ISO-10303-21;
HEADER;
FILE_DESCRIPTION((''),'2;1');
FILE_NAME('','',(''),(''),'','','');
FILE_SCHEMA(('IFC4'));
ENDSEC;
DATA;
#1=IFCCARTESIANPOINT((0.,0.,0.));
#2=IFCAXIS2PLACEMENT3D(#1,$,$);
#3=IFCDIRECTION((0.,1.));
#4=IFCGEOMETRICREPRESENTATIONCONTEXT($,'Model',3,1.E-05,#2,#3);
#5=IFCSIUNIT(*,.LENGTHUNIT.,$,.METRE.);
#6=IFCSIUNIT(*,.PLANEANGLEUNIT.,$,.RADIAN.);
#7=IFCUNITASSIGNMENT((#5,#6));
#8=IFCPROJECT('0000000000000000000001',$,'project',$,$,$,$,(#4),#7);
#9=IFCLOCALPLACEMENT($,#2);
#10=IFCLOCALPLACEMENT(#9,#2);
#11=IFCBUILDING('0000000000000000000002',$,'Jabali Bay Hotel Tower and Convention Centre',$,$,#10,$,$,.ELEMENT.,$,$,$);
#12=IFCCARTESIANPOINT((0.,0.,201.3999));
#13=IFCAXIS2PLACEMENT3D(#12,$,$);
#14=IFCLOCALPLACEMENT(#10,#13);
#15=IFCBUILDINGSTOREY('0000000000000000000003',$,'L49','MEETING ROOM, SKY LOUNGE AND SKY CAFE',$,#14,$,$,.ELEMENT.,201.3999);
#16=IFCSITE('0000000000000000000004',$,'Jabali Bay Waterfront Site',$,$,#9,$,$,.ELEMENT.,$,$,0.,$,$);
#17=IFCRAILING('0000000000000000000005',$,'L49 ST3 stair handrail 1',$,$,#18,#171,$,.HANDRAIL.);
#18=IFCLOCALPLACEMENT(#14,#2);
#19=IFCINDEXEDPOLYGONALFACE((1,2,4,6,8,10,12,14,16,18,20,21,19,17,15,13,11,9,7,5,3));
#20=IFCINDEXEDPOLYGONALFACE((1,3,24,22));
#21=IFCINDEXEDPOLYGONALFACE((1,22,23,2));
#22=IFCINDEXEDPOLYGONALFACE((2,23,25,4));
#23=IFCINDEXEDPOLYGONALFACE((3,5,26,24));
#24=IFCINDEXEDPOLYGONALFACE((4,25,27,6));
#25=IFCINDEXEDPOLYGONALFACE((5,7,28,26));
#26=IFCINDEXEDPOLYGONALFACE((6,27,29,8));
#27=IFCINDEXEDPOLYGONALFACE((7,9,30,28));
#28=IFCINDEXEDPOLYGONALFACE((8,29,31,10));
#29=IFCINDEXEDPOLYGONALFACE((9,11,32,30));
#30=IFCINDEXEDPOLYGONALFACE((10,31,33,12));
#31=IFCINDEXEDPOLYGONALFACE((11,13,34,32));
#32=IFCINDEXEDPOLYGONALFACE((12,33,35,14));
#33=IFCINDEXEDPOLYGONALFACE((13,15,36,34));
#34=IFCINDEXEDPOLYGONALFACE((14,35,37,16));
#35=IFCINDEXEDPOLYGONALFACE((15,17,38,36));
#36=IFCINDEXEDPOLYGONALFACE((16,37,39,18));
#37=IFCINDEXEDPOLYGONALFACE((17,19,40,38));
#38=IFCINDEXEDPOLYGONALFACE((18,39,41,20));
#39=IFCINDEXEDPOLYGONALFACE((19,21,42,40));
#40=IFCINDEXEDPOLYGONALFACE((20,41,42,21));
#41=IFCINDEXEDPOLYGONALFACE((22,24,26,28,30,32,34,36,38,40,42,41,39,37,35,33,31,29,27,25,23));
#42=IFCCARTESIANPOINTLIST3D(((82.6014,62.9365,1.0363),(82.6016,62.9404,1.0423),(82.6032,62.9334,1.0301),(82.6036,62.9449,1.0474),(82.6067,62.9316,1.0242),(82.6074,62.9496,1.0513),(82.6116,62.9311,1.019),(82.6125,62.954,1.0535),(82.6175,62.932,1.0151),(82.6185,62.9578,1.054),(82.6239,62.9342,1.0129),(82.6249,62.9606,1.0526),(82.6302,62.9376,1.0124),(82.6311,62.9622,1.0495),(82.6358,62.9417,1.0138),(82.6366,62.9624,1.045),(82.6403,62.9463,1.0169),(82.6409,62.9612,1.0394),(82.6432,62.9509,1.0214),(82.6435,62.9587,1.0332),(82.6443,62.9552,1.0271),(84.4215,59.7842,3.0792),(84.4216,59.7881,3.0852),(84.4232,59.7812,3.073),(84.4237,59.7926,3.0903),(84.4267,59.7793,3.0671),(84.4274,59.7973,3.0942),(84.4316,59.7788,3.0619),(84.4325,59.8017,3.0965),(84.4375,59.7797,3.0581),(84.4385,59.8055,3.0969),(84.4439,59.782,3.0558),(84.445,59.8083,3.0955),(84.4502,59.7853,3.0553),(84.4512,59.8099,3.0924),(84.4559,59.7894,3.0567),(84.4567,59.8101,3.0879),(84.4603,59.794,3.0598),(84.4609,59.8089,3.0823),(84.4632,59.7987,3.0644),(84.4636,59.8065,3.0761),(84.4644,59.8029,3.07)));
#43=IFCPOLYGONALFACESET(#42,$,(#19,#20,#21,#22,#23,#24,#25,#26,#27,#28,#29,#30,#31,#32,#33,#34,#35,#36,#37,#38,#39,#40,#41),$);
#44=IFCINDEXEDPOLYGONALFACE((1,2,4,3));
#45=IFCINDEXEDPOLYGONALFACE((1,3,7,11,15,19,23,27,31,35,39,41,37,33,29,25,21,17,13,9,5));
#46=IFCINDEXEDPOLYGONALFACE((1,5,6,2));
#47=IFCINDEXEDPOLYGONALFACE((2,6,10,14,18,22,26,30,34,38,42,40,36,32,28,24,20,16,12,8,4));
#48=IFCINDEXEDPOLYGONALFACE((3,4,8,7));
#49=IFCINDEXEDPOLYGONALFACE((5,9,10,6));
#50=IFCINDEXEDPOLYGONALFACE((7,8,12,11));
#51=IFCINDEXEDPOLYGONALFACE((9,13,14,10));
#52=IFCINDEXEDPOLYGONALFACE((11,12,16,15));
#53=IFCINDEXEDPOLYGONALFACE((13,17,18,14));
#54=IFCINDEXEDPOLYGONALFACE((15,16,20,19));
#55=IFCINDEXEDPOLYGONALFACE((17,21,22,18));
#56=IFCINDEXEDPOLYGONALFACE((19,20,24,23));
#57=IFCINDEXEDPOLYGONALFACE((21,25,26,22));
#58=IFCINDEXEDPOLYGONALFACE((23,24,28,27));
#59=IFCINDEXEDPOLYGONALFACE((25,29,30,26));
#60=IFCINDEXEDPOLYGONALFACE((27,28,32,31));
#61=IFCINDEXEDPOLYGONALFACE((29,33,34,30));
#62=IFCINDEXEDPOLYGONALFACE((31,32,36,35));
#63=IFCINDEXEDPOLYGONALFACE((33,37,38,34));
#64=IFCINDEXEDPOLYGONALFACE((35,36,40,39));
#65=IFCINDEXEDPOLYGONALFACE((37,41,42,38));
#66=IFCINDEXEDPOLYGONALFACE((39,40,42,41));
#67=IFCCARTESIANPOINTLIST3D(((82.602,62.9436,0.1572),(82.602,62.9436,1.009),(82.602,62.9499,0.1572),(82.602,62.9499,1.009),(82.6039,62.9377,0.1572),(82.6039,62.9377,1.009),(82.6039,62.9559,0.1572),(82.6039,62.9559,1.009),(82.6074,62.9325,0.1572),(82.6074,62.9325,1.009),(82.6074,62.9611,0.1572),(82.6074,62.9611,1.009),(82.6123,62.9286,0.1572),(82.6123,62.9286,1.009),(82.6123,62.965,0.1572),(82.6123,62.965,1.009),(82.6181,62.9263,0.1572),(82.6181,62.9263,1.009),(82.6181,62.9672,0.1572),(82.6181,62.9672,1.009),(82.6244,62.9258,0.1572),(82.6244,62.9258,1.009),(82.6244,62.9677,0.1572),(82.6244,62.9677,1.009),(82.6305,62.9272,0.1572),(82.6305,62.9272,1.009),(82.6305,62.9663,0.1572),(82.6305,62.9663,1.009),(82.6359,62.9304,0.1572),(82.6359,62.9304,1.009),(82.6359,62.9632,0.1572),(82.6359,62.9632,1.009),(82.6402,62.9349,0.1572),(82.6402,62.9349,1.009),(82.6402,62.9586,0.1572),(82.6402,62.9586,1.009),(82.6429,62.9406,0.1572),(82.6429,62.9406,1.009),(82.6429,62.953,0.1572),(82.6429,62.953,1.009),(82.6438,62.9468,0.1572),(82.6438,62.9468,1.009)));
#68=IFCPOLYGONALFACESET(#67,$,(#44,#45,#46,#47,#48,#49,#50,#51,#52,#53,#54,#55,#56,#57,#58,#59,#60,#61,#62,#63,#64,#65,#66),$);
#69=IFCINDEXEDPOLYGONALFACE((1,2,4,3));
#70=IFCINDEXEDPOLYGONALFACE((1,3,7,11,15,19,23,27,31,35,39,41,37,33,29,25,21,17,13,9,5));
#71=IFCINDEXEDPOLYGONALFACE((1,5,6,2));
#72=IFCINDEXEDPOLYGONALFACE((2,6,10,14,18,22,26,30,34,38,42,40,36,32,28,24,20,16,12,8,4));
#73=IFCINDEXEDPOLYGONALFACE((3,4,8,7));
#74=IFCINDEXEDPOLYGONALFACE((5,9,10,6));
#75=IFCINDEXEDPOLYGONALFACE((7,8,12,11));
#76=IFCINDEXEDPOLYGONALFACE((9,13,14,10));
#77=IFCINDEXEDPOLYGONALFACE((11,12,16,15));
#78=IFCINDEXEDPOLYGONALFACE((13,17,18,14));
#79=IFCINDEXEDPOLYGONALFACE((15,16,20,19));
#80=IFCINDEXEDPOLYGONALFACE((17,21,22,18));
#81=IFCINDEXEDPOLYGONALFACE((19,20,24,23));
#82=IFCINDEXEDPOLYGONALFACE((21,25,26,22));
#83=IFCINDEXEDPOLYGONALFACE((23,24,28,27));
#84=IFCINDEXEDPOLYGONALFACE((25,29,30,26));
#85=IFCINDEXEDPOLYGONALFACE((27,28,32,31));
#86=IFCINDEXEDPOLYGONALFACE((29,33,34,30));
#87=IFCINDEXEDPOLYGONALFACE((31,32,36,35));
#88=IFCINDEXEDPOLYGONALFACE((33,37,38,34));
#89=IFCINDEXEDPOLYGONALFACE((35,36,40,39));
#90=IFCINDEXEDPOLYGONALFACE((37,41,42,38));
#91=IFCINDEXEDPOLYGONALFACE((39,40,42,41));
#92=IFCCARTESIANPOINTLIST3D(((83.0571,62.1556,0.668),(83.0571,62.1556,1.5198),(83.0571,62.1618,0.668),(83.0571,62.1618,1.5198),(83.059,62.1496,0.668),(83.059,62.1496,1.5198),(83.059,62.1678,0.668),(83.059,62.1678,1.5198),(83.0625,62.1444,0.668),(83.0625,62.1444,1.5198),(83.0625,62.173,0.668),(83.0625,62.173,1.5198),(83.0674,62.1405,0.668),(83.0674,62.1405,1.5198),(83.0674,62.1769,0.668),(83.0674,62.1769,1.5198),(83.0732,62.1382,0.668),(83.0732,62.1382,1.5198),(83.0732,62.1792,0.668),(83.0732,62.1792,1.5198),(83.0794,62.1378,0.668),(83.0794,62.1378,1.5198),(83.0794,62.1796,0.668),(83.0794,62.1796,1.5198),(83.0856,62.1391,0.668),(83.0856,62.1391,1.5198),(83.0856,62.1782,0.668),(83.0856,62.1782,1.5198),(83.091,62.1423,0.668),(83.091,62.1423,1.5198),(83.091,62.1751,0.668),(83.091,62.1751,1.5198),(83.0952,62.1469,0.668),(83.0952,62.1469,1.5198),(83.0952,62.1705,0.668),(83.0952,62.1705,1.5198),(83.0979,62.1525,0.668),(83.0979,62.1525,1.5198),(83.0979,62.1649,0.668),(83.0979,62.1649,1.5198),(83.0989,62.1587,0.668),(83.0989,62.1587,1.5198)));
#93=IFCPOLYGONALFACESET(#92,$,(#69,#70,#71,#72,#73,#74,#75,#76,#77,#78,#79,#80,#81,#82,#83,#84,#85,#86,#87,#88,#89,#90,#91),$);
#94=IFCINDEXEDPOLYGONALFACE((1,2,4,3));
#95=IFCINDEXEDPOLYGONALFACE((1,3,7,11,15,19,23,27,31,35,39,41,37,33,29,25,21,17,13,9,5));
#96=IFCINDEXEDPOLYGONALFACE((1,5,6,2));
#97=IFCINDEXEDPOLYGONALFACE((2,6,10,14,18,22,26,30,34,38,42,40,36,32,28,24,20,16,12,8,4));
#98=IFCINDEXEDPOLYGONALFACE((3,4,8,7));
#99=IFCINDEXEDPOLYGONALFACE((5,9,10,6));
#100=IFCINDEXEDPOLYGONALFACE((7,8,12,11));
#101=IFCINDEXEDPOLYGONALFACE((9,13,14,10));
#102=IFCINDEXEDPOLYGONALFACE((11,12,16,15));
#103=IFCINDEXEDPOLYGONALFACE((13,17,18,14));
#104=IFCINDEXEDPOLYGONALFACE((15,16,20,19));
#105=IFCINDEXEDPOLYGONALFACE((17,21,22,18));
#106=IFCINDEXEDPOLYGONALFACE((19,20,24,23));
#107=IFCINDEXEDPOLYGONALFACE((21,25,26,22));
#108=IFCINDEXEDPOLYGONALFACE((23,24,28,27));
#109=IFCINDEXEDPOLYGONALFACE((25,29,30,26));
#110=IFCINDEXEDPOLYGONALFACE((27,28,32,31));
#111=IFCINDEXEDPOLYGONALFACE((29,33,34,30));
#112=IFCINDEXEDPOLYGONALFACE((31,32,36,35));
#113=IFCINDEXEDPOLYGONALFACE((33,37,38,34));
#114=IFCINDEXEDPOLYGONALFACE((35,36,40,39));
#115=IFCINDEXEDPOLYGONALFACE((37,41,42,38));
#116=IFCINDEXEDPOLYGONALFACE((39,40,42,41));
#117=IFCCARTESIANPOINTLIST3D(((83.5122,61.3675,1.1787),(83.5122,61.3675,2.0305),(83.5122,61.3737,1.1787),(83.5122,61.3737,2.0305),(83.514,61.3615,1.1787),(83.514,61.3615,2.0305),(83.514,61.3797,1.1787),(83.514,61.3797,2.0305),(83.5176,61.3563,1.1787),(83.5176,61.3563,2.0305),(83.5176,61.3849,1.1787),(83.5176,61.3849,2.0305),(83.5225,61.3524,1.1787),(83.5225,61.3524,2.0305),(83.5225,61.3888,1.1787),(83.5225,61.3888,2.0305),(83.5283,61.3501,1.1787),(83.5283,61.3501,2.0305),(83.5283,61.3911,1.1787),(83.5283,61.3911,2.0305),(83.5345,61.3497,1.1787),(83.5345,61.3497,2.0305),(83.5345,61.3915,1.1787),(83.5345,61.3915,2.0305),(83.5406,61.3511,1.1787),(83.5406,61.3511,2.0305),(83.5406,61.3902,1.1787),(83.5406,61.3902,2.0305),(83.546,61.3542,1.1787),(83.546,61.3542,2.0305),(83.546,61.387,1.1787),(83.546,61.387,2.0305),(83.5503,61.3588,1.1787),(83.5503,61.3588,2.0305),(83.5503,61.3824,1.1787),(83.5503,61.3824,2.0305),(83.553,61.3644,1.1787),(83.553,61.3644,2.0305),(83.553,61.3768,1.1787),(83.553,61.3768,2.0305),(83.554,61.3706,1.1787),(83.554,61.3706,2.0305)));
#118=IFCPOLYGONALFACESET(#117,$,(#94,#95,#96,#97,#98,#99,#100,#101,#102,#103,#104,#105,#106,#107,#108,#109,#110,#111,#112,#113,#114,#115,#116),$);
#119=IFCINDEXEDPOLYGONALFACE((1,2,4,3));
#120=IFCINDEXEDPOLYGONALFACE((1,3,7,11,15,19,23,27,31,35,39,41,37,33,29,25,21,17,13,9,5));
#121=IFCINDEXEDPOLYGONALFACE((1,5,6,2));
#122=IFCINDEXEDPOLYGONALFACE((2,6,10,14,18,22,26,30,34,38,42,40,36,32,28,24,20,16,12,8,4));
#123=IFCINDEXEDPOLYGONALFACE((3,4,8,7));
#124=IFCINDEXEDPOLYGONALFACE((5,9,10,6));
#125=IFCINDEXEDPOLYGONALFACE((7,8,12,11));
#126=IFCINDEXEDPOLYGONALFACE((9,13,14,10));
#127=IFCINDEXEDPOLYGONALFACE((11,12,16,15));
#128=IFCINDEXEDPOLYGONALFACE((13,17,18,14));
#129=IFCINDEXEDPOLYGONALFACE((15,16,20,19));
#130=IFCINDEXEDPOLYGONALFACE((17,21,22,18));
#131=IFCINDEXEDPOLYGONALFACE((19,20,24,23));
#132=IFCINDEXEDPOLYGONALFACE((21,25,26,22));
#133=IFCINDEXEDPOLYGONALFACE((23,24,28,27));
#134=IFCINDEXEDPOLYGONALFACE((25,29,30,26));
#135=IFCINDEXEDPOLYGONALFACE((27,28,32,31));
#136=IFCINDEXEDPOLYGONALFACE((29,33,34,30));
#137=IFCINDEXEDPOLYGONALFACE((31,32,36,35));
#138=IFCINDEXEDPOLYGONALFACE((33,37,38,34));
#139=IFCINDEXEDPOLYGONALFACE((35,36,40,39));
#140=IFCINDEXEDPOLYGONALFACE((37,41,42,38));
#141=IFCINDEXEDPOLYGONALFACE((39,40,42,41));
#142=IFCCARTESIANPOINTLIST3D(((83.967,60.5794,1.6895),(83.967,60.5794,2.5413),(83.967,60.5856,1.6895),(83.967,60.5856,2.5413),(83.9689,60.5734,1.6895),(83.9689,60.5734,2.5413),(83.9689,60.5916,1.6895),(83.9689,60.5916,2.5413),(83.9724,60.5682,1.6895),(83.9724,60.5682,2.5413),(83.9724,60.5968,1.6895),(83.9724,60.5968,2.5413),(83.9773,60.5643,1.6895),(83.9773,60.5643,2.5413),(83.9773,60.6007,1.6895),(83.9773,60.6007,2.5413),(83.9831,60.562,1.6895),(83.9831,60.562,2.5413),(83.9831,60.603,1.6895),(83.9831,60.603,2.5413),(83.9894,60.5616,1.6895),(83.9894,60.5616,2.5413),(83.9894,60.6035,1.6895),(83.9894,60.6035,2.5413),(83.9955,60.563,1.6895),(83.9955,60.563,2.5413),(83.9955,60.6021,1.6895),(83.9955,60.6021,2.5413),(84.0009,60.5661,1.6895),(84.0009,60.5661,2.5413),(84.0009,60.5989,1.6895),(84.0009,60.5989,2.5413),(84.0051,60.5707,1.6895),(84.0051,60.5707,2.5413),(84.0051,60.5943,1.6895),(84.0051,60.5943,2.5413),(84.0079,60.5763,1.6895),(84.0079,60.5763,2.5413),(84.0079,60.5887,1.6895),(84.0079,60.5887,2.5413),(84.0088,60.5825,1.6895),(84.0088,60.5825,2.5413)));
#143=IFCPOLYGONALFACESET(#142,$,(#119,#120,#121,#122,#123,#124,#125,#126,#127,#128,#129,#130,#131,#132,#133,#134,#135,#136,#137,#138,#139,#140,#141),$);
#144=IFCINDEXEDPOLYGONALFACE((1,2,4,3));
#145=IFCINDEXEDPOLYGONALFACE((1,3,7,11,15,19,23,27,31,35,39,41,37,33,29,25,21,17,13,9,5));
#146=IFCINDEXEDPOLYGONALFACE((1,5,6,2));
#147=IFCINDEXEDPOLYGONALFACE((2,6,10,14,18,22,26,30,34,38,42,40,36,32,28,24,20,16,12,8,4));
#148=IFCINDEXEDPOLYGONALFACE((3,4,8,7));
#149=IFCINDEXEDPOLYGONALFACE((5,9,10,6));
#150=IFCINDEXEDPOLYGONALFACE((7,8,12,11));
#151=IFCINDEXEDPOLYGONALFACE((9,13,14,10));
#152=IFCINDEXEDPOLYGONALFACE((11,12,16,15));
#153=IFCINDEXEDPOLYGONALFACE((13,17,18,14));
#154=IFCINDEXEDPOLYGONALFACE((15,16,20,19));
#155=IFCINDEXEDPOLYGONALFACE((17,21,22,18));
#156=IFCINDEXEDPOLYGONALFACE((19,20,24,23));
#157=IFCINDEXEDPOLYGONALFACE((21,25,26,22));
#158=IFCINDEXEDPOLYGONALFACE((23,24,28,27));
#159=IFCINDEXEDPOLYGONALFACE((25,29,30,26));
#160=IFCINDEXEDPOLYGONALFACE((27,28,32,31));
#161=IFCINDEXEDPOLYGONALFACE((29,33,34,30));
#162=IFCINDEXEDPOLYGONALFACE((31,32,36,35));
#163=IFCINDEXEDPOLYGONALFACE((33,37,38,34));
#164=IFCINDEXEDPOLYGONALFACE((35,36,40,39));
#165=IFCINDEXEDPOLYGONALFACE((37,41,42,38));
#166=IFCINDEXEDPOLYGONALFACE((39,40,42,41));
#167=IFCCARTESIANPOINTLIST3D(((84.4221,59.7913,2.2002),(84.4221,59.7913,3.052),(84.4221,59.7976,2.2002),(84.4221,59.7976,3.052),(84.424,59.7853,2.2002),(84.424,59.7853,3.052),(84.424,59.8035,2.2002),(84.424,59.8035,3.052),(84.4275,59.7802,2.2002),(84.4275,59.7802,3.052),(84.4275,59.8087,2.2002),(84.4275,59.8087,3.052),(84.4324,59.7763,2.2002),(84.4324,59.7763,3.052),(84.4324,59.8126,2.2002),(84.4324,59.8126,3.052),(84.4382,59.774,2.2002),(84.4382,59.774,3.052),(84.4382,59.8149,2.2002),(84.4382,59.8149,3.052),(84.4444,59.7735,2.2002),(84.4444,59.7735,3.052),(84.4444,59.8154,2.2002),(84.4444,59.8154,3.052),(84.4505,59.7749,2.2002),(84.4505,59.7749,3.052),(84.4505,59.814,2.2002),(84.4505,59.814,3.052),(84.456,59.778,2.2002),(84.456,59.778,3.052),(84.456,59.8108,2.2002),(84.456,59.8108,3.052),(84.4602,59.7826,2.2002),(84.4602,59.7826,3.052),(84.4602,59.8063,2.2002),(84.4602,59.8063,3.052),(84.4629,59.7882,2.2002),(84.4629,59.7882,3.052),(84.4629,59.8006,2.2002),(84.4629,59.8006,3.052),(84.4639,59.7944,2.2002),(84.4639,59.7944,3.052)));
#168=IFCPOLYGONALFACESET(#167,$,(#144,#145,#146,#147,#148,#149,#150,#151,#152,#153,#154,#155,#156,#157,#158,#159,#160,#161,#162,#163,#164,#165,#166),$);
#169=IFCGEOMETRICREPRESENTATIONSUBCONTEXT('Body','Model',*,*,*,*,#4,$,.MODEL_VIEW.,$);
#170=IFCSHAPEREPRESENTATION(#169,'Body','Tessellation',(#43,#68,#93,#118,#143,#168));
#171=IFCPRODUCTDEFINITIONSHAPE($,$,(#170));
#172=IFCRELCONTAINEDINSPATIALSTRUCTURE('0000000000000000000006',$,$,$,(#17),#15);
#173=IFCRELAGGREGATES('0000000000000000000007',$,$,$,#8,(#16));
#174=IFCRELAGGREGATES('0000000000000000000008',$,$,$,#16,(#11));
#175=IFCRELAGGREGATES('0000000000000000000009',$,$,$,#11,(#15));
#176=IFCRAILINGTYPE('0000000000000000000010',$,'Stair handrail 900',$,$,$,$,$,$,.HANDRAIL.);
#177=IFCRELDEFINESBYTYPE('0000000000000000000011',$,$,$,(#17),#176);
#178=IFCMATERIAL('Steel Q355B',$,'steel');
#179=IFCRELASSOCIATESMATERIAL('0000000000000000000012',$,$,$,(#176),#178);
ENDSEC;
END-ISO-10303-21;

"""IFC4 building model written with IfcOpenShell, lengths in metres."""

from ifc_helpers import new_model, si_unit, direction, frame, origin, origin_2d, place, context, subcontext, project, spatial, circle, extrude, material, type_object, element, save


model = new_model("IFC4")

# Units and contexts
model_context = context("Model", 3, precision=1e-05, world=origin(), true_north=direction((0.0, 1.0)))
body_context = subcontext(model_context, "Body", "Model", "MODEL_VIEW")
ifc_project = project(units=[si_unit("LENGTHUNIT", "METRE"), si_unit("PLANEANGLEUNIT", "RADIAN")], contexts=[model_context])

# Site, building, storey
site_placement = place(None, origin())
site = spatial("IfcSite", under=ifc_project, at=site_placement, Name="Jabali Bay Waterfront Site", CompositionType="ELEMENT", RefElevation=0.0)
building_placement = place(site_placement, origin())
building = spatial("IfcBuilding", under=site, at=building_placement, Name="Jabali Bay Hotel Tower and Convention Centre", CompositionType="ELEMENT")
storey_placement = place(building_placement, frame((0.0, 0.0, 201.3999)))
storey = spatial("IfcBuildingStorey", under=building, at=storey_placement, Name="L49", Description="MEETING ROOM, SKY LOUNGE AND SKY CAFE", CompositionType="ELEMENT", Elevation=201.3999)

# Railing
ifc_material_1 = material(Name="Steel Q355B", Category="steel")
railing_type_1 = type_object("IfcRailingType", Name="Stair handrail 900", PredefinedType="HANDRAIL", material=ifc_material_1)
railing_1_placement = place(storey_placement, frame((82.6228, 62.9468, 0.1572)))
element("IfcRailing", 1, at=railing_1_placement, inside=storey, type_object=railing_type_1, Name="L49 ST3 stair handrail 1", PredefinedType="HANDRAIL", context=body_context, shape_type="SweptSolid", body=[
    extrude(circle(Radius=0.0239, at=origin_2d()), frame((0.0, 0.0, 0.876), z_axis=(0.436032, -0.755204, 0.489432), x_axis=(0.866018, 0.500013, 0.0)), (0.0, 0.0, 1.0), 4.1741),
    extrude(circle(Radius=0.021, at=origin_2d()), origin(), (0.0, 0.0, 1.0), 0.8518),
    extrude(circle(Radius=0.021, at=origin_2d()), frame((0.4551, -0.7881, 0.5107)), (0.0, 0.0, 1.0), 0.8518),
    extrude(circle(Radius=0.021, at=origin_2d()), frame((0.9102, -1.5762, 1.0215)), (0.0, 0.0, 1.0), 0.8518),
    extrude(circle(Radius=0.021, at=origin_2d()), frame((1.365, -2.3643, 1.5322)), (0.0, 0.0, 1.0), 0.8518),
    extrude(circle(Radius=0.021, at=origin_2d()), frame((1.8201, -3.1523, 2.043)), (0.0, 0.0, 1.0), 0.8518),
])

save(model, "model.ifc")
